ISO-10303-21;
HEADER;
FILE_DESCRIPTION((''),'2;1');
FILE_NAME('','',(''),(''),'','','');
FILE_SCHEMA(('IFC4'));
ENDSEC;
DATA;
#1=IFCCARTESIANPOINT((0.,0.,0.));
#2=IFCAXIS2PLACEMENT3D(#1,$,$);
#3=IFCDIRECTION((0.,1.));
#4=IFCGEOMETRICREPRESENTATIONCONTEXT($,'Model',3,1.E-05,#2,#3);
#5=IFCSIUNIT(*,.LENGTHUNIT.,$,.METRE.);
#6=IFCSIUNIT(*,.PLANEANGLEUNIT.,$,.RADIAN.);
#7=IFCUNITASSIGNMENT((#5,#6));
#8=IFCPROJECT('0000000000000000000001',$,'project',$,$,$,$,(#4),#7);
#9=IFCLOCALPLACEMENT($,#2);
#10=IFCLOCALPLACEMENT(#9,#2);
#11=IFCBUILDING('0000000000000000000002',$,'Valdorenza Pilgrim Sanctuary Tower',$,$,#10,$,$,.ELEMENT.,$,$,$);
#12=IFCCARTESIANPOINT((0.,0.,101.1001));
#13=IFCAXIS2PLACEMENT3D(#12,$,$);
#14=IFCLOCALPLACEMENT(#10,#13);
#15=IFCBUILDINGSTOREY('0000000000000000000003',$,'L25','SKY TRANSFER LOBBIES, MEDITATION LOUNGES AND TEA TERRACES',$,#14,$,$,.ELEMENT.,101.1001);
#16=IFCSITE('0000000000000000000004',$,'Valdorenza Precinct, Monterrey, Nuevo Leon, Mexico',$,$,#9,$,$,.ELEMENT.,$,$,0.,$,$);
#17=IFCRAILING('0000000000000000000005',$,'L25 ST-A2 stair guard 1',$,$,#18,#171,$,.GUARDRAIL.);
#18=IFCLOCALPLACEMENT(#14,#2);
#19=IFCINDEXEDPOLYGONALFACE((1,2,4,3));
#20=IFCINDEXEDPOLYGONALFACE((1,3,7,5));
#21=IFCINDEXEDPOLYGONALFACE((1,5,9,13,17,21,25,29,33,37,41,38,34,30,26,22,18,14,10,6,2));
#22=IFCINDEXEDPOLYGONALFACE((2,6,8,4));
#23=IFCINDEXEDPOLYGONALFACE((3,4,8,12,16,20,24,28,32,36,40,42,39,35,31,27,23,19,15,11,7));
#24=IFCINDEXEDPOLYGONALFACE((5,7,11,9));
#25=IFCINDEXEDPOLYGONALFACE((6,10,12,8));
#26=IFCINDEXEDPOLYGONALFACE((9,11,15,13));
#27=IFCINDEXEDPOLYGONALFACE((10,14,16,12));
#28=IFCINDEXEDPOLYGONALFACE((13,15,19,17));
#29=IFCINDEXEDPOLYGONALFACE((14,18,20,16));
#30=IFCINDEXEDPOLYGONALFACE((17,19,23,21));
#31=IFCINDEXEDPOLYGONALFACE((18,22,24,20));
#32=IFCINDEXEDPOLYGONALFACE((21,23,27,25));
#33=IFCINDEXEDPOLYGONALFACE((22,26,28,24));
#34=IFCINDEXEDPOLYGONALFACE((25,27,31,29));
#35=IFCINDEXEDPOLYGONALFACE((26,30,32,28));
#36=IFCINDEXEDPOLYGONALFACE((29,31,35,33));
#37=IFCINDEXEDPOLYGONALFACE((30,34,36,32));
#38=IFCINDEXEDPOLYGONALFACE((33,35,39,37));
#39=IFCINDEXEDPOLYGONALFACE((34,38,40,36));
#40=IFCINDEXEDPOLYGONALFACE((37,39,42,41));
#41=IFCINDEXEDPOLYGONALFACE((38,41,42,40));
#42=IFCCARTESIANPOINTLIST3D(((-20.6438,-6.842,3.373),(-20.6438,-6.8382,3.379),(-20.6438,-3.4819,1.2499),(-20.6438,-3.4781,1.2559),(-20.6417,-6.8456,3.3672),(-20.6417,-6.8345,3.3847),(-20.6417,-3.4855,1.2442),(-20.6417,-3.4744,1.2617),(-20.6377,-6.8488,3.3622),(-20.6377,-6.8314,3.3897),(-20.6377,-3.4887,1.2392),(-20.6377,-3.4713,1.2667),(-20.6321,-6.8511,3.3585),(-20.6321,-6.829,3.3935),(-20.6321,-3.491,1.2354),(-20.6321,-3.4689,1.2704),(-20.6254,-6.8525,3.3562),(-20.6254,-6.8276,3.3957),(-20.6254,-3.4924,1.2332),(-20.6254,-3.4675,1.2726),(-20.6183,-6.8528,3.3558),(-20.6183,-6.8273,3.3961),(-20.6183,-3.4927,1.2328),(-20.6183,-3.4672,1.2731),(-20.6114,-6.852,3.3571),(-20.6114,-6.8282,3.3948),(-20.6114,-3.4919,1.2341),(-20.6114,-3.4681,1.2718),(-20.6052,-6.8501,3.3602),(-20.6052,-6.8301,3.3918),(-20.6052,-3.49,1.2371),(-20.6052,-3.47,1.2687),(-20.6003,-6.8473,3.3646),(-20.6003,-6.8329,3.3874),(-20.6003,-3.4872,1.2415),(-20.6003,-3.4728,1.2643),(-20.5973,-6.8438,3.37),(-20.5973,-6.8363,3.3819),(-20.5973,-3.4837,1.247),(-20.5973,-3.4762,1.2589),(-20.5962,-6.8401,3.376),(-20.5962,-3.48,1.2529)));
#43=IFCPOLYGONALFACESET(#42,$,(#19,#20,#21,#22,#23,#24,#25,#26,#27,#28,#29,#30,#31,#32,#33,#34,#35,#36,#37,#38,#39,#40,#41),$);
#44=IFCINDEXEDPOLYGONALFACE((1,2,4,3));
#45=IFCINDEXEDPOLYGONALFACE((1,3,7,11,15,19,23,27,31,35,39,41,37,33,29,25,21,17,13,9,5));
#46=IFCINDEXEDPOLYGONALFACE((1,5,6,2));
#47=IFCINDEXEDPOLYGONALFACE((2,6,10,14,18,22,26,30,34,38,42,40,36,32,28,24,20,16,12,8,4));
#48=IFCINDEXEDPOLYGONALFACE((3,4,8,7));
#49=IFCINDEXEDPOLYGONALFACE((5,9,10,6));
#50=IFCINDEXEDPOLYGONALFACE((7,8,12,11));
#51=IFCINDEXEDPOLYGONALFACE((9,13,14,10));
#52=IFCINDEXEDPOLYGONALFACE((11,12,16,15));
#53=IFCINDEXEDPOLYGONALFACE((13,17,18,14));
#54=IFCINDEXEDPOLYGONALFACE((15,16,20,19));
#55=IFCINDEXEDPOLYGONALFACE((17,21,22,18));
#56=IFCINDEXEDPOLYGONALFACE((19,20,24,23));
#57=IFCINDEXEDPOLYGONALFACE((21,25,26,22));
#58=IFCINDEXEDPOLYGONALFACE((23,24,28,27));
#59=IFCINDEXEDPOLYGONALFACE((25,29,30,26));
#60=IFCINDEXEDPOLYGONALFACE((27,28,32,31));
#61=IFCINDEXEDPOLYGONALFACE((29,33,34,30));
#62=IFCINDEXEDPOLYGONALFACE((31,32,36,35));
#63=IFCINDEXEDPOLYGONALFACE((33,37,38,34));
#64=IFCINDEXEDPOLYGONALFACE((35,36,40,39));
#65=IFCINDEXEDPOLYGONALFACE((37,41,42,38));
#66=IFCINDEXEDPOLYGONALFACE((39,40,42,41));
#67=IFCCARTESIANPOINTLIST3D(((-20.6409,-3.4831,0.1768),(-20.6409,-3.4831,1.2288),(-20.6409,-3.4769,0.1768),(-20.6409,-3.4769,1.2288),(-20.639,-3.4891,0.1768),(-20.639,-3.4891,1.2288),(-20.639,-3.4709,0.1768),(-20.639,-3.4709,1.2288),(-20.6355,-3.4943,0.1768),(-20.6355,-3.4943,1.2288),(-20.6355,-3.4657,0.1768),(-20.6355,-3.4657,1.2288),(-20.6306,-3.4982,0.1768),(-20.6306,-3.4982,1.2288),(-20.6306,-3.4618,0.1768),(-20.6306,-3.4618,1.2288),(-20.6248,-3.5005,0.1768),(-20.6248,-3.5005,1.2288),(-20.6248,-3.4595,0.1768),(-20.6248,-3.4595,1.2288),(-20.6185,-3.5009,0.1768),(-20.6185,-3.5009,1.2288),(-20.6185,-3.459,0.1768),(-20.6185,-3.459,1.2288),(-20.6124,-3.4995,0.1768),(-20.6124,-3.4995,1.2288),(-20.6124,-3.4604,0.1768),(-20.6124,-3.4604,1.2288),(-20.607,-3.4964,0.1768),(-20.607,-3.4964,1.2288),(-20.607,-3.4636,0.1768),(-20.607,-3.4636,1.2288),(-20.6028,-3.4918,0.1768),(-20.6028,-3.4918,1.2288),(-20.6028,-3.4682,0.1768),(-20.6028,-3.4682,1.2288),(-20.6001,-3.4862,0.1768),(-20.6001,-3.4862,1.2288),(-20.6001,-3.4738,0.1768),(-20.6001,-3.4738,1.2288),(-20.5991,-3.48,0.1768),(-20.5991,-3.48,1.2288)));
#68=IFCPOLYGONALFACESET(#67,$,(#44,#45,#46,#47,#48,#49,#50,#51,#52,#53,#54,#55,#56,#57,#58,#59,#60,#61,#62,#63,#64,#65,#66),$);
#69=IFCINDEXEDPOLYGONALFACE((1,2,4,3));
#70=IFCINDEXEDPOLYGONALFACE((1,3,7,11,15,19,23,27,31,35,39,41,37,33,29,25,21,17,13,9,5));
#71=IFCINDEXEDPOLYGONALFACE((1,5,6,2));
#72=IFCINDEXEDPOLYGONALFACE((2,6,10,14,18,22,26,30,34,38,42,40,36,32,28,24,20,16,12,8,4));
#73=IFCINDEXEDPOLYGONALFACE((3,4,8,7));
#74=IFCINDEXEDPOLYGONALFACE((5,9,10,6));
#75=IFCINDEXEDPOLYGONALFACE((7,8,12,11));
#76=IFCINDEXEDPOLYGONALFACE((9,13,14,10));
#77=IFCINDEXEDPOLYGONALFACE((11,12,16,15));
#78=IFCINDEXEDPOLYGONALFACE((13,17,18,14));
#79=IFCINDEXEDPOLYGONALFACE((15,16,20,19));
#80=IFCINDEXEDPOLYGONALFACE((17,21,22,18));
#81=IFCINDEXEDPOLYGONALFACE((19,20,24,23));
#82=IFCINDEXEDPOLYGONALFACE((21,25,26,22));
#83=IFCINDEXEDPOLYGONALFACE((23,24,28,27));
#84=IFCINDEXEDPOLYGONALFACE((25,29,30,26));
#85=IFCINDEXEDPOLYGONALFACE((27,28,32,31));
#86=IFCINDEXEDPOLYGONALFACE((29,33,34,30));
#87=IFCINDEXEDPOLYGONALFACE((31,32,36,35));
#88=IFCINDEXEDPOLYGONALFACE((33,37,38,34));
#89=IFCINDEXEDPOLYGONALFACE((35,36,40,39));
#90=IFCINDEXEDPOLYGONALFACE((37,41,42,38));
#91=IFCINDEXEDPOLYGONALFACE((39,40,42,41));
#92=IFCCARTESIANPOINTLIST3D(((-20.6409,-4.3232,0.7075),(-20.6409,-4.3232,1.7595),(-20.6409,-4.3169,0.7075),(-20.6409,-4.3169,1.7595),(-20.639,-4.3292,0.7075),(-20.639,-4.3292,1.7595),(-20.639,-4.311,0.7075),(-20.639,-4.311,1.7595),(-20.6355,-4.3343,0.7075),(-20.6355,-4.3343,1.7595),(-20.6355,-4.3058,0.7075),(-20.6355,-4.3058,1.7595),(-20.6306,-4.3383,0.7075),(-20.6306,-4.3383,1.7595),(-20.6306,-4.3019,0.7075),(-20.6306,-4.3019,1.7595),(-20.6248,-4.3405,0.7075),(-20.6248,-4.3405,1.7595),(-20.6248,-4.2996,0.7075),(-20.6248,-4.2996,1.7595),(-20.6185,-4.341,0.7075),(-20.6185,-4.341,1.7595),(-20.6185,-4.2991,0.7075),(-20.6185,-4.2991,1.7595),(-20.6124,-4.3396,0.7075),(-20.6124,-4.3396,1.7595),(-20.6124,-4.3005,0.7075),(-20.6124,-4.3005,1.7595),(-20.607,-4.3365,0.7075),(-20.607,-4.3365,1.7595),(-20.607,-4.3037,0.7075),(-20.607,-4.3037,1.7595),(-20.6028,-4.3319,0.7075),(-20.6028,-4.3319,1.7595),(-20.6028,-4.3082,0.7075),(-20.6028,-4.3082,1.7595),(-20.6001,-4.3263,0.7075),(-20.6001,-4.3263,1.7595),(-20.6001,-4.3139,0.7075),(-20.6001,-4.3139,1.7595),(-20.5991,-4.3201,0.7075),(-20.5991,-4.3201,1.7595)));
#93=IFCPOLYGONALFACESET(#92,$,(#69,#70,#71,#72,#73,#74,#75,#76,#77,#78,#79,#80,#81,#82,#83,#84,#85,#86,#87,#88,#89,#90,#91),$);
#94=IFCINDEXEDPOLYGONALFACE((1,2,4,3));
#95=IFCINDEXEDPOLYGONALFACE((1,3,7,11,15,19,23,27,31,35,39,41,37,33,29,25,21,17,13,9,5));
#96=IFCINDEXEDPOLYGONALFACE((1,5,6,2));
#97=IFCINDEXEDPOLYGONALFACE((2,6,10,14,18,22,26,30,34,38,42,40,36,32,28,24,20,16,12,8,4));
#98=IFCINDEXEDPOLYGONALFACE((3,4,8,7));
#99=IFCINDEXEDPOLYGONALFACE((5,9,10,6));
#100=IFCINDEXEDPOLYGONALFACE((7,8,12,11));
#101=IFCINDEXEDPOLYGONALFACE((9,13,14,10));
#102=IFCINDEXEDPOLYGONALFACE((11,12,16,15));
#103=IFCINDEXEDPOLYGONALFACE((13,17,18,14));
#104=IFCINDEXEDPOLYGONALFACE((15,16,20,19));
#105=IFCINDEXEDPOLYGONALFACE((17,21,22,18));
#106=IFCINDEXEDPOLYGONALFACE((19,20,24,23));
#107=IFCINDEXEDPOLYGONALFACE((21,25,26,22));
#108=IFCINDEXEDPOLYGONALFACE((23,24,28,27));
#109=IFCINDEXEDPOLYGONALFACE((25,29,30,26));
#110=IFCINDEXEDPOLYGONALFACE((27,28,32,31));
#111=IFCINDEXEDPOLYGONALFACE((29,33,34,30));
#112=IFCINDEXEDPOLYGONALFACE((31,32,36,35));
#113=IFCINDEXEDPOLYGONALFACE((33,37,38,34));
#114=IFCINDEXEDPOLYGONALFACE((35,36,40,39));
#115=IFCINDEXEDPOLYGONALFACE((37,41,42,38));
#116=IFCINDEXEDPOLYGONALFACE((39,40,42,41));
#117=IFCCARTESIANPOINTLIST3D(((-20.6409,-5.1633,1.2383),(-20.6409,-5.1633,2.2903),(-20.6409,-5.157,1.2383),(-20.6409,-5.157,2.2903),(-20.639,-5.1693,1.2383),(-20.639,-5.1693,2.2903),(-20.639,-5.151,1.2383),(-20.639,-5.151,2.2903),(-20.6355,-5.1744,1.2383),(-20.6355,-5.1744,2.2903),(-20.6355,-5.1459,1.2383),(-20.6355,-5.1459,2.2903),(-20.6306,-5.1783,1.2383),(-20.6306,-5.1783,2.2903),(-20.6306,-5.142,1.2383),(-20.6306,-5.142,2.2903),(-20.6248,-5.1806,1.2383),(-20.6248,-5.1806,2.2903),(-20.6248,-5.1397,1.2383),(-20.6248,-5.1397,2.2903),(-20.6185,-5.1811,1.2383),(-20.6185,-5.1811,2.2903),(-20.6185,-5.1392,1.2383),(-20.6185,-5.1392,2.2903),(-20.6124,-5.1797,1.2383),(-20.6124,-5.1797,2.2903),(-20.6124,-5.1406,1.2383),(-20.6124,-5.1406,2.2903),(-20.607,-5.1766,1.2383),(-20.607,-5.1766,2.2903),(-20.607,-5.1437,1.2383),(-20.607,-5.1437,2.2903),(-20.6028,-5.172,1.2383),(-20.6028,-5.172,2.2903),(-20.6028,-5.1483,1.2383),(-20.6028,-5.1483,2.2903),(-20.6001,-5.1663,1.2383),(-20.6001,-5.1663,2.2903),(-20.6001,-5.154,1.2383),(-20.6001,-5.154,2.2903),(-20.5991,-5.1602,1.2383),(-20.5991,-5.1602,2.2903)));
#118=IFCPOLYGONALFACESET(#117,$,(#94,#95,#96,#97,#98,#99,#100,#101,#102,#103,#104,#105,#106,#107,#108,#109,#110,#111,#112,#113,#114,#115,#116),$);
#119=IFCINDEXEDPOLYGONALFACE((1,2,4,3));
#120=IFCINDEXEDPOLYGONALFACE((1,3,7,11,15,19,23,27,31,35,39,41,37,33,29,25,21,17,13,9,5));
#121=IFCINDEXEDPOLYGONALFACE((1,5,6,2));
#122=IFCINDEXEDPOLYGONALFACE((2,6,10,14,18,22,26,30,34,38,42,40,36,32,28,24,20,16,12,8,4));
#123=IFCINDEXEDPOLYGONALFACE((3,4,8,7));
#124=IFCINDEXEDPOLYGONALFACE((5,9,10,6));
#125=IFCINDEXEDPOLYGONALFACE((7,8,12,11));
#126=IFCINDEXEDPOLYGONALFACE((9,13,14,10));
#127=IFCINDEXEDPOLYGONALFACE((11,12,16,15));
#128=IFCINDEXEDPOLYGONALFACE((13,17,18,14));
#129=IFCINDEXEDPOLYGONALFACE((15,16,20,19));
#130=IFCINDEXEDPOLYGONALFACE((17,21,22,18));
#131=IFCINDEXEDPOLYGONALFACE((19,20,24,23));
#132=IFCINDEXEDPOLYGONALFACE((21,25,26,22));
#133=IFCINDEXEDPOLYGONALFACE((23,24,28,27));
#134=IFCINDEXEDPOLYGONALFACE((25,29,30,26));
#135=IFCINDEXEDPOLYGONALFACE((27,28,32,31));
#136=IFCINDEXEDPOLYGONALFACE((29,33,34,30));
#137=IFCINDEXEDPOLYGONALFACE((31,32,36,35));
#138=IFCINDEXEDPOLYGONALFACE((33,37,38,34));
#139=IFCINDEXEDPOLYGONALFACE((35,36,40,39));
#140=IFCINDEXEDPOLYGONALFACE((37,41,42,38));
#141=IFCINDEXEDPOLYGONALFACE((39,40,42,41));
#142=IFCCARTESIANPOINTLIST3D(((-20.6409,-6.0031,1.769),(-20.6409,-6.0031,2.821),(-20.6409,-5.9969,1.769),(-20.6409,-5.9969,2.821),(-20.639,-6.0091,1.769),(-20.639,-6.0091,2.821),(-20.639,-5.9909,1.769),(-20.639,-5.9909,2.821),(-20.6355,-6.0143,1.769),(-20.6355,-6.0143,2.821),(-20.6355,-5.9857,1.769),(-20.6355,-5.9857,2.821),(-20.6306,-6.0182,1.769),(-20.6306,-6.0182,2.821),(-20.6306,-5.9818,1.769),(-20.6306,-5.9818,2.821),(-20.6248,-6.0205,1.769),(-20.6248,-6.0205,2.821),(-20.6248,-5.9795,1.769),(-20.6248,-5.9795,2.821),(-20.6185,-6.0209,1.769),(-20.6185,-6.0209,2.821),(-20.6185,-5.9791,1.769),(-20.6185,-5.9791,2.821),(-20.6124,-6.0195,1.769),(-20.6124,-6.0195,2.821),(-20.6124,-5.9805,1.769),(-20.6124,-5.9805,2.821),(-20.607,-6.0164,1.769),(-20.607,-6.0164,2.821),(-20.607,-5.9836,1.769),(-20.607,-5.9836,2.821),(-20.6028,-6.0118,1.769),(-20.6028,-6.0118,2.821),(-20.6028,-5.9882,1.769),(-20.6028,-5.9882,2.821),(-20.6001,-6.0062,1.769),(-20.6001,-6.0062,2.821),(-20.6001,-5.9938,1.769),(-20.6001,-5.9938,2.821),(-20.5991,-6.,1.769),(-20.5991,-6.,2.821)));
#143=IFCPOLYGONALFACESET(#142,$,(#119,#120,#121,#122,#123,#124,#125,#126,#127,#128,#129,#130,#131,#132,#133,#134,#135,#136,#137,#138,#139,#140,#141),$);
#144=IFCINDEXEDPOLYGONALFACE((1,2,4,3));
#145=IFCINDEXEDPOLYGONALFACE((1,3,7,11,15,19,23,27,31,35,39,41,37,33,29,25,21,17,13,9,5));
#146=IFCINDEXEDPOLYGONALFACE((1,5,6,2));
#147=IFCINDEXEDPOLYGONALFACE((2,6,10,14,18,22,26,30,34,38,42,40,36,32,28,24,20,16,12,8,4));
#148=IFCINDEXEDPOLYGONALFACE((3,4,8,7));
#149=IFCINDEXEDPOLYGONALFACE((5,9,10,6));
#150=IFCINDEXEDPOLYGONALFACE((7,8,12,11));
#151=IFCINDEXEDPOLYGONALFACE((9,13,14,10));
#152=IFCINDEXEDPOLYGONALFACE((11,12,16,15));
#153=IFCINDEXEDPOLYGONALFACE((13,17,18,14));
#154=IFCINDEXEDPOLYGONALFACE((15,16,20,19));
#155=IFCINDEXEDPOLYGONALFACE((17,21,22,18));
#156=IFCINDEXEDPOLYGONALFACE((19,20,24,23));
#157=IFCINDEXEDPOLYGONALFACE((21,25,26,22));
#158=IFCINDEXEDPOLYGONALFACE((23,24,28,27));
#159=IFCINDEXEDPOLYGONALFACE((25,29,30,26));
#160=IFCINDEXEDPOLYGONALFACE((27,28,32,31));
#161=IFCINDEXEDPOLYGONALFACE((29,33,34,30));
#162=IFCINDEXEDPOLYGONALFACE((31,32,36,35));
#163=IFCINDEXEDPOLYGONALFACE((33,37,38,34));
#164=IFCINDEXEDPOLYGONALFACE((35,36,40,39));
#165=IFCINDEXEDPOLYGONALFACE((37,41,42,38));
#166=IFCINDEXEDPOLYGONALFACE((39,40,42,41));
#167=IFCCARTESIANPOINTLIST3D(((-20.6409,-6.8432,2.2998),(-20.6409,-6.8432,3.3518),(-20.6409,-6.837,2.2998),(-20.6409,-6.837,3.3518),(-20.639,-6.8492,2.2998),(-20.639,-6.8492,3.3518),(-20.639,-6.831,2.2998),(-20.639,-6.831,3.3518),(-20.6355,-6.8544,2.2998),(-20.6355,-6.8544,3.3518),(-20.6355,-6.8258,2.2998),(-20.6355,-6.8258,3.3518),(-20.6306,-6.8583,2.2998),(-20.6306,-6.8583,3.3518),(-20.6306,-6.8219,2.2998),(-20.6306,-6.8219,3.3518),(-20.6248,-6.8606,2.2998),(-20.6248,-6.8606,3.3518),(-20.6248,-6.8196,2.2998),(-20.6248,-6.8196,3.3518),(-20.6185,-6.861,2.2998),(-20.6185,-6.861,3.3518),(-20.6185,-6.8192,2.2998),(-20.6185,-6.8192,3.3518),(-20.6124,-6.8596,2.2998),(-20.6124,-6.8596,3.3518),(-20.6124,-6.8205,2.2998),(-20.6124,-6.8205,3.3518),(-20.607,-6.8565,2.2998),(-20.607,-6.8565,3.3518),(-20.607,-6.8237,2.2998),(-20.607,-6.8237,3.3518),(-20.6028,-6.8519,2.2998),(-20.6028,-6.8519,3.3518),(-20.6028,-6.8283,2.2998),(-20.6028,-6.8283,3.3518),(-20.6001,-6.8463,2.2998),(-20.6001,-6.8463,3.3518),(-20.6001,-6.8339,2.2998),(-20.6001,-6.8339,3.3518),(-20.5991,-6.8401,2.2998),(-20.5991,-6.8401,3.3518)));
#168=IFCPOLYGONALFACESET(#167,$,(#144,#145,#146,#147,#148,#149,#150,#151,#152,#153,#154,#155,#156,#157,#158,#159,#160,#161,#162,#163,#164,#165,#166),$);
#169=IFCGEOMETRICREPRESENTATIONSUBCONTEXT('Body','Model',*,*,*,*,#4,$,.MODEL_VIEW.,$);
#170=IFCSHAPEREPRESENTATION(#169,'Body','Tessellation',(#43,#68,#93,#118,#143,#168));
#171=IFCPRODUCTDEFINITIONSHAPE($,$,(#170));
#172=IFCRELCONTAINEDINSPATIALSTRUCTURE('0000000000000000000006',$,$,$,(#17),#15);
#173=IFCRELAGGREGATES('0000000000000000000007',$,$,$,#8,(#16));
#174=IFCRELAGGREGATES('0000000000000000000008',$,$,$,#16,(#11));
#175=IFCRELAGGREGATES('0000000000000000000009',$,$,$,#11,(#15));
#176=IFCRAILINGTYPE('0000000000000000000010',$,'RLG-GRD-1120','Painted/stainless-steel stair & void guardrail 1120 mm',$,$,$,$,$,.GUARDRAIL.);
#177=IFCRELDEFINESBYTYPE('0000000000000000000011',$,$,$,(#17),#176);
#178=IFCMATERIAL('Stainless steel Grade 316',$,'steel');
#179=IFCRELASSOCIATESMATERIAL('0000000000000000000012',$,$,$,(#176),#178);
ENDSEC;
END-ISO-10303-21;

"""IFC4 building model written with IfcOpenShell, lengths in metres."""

from ifc_helpers import new_model, si_unit, direction, frame, origin, origin_2d, place, context, subcontext, project, spatial, circle, extrude, material, type_object, element, save


model = new_model("IFC4")

# Units and contexts
model_context = context("Model", 3, precision=1e-05, world=origin(), true_north=direction((0.0, 1.0)))
body_context = subcontext(model_context, "Body", "Model", "MODEL_VIEW")
ifc_project = project(units=[si_unit("LENGTHUNIT", "METRE"), si_unit("PLANEANGLEUNIT", "RADIAN")], contexts=[model_context])

# Site, building, storey
site_placement = place(None, origin())
site = spatial("IfcSite", under=ifc_project, at=site_placement, Name="Valdorenza Precinct, Monterrey, Nuevo Leon, Mexico", CompositionType="ELEMENT", RefElevation=0.0)
building_placement = place(site_placement, origin())
building = spatial("IfcBuilding", under=site, at=building_placement, Name="Valdorenza Pilgrim Sanctuary Tower", CompositionType="ELEMENT")
storey_placement = place(building_placement, frame((0.0, 0.0, 101.1001)))
storey = spatial("IfcBuildingStorey", under=building, at=storey_placement, Name="L25", Description="SKY TRANSFER LOBBIES, MEDITATION LOUNGES AND TEA TERRACES", CompositionType="ELEMENT", Elevation=101.1001)

# Railing
ifc_material_1 = material(Name="Stainless steel Grade 316", Category="steel")
railing_type_1 = type_object("IfcRailingType", Name="RLG-GRD-1120", Description="Painted/stainless-steel stair & void guardrail 1120 mm", PredefinedType="GUARDRAIL", material=ifc_material_1)
railing_1_placement = place(storey_placement, frame((-20.6201, -3.48, 0.1768)))
element("IfcRailing", 1, at=railing_1_placement, inside=storey, type_object=railing_type_1, Name="L25 ST-A2 stair guard 1", PredefinedType="GUARDRAIL", context=body_context, shape_type="SweptSolid", body=[
    extrude(circle(Radius=0.0239, at=origin_2d()), frame((0.0, 0.0, 1.0762), z_axis=(0.0, -0.84539, 0.53415), x_axis=(1.0, 0.0, 0.0)), (0.0, 0.0, 1.0), 3.9746),
    extrude(circle(Radius=0.021, at=origin_2d()), origin(), (0.0, 0.0, 1.0), 1.052),
    extrude(circle(Radius=0.021, at=origin_2d()), frame((0.0, -0.8401, 0.5308)), (0.0, 0.0, 1.0), 1.052),
    extrude(circle(Radius=0.021, at=origin_2d()), frame((0.0, -1.6802, 1.0615)), (0.0, 0.0, 1.0), 1.052),
    extrude(circle(Radius=0.021, at=origin_2d()), frame((0.0, -2.52, 1.5923)), (0.0, 0.0, 1.0), 1.052),
    extrude(circle(Radius=0.021, at=origin_2d()), frame((0.0, -3.3601, 2.123)), (0.0, 0.0, 1.0), 1.052),
])

save(model, "model.ifc")
